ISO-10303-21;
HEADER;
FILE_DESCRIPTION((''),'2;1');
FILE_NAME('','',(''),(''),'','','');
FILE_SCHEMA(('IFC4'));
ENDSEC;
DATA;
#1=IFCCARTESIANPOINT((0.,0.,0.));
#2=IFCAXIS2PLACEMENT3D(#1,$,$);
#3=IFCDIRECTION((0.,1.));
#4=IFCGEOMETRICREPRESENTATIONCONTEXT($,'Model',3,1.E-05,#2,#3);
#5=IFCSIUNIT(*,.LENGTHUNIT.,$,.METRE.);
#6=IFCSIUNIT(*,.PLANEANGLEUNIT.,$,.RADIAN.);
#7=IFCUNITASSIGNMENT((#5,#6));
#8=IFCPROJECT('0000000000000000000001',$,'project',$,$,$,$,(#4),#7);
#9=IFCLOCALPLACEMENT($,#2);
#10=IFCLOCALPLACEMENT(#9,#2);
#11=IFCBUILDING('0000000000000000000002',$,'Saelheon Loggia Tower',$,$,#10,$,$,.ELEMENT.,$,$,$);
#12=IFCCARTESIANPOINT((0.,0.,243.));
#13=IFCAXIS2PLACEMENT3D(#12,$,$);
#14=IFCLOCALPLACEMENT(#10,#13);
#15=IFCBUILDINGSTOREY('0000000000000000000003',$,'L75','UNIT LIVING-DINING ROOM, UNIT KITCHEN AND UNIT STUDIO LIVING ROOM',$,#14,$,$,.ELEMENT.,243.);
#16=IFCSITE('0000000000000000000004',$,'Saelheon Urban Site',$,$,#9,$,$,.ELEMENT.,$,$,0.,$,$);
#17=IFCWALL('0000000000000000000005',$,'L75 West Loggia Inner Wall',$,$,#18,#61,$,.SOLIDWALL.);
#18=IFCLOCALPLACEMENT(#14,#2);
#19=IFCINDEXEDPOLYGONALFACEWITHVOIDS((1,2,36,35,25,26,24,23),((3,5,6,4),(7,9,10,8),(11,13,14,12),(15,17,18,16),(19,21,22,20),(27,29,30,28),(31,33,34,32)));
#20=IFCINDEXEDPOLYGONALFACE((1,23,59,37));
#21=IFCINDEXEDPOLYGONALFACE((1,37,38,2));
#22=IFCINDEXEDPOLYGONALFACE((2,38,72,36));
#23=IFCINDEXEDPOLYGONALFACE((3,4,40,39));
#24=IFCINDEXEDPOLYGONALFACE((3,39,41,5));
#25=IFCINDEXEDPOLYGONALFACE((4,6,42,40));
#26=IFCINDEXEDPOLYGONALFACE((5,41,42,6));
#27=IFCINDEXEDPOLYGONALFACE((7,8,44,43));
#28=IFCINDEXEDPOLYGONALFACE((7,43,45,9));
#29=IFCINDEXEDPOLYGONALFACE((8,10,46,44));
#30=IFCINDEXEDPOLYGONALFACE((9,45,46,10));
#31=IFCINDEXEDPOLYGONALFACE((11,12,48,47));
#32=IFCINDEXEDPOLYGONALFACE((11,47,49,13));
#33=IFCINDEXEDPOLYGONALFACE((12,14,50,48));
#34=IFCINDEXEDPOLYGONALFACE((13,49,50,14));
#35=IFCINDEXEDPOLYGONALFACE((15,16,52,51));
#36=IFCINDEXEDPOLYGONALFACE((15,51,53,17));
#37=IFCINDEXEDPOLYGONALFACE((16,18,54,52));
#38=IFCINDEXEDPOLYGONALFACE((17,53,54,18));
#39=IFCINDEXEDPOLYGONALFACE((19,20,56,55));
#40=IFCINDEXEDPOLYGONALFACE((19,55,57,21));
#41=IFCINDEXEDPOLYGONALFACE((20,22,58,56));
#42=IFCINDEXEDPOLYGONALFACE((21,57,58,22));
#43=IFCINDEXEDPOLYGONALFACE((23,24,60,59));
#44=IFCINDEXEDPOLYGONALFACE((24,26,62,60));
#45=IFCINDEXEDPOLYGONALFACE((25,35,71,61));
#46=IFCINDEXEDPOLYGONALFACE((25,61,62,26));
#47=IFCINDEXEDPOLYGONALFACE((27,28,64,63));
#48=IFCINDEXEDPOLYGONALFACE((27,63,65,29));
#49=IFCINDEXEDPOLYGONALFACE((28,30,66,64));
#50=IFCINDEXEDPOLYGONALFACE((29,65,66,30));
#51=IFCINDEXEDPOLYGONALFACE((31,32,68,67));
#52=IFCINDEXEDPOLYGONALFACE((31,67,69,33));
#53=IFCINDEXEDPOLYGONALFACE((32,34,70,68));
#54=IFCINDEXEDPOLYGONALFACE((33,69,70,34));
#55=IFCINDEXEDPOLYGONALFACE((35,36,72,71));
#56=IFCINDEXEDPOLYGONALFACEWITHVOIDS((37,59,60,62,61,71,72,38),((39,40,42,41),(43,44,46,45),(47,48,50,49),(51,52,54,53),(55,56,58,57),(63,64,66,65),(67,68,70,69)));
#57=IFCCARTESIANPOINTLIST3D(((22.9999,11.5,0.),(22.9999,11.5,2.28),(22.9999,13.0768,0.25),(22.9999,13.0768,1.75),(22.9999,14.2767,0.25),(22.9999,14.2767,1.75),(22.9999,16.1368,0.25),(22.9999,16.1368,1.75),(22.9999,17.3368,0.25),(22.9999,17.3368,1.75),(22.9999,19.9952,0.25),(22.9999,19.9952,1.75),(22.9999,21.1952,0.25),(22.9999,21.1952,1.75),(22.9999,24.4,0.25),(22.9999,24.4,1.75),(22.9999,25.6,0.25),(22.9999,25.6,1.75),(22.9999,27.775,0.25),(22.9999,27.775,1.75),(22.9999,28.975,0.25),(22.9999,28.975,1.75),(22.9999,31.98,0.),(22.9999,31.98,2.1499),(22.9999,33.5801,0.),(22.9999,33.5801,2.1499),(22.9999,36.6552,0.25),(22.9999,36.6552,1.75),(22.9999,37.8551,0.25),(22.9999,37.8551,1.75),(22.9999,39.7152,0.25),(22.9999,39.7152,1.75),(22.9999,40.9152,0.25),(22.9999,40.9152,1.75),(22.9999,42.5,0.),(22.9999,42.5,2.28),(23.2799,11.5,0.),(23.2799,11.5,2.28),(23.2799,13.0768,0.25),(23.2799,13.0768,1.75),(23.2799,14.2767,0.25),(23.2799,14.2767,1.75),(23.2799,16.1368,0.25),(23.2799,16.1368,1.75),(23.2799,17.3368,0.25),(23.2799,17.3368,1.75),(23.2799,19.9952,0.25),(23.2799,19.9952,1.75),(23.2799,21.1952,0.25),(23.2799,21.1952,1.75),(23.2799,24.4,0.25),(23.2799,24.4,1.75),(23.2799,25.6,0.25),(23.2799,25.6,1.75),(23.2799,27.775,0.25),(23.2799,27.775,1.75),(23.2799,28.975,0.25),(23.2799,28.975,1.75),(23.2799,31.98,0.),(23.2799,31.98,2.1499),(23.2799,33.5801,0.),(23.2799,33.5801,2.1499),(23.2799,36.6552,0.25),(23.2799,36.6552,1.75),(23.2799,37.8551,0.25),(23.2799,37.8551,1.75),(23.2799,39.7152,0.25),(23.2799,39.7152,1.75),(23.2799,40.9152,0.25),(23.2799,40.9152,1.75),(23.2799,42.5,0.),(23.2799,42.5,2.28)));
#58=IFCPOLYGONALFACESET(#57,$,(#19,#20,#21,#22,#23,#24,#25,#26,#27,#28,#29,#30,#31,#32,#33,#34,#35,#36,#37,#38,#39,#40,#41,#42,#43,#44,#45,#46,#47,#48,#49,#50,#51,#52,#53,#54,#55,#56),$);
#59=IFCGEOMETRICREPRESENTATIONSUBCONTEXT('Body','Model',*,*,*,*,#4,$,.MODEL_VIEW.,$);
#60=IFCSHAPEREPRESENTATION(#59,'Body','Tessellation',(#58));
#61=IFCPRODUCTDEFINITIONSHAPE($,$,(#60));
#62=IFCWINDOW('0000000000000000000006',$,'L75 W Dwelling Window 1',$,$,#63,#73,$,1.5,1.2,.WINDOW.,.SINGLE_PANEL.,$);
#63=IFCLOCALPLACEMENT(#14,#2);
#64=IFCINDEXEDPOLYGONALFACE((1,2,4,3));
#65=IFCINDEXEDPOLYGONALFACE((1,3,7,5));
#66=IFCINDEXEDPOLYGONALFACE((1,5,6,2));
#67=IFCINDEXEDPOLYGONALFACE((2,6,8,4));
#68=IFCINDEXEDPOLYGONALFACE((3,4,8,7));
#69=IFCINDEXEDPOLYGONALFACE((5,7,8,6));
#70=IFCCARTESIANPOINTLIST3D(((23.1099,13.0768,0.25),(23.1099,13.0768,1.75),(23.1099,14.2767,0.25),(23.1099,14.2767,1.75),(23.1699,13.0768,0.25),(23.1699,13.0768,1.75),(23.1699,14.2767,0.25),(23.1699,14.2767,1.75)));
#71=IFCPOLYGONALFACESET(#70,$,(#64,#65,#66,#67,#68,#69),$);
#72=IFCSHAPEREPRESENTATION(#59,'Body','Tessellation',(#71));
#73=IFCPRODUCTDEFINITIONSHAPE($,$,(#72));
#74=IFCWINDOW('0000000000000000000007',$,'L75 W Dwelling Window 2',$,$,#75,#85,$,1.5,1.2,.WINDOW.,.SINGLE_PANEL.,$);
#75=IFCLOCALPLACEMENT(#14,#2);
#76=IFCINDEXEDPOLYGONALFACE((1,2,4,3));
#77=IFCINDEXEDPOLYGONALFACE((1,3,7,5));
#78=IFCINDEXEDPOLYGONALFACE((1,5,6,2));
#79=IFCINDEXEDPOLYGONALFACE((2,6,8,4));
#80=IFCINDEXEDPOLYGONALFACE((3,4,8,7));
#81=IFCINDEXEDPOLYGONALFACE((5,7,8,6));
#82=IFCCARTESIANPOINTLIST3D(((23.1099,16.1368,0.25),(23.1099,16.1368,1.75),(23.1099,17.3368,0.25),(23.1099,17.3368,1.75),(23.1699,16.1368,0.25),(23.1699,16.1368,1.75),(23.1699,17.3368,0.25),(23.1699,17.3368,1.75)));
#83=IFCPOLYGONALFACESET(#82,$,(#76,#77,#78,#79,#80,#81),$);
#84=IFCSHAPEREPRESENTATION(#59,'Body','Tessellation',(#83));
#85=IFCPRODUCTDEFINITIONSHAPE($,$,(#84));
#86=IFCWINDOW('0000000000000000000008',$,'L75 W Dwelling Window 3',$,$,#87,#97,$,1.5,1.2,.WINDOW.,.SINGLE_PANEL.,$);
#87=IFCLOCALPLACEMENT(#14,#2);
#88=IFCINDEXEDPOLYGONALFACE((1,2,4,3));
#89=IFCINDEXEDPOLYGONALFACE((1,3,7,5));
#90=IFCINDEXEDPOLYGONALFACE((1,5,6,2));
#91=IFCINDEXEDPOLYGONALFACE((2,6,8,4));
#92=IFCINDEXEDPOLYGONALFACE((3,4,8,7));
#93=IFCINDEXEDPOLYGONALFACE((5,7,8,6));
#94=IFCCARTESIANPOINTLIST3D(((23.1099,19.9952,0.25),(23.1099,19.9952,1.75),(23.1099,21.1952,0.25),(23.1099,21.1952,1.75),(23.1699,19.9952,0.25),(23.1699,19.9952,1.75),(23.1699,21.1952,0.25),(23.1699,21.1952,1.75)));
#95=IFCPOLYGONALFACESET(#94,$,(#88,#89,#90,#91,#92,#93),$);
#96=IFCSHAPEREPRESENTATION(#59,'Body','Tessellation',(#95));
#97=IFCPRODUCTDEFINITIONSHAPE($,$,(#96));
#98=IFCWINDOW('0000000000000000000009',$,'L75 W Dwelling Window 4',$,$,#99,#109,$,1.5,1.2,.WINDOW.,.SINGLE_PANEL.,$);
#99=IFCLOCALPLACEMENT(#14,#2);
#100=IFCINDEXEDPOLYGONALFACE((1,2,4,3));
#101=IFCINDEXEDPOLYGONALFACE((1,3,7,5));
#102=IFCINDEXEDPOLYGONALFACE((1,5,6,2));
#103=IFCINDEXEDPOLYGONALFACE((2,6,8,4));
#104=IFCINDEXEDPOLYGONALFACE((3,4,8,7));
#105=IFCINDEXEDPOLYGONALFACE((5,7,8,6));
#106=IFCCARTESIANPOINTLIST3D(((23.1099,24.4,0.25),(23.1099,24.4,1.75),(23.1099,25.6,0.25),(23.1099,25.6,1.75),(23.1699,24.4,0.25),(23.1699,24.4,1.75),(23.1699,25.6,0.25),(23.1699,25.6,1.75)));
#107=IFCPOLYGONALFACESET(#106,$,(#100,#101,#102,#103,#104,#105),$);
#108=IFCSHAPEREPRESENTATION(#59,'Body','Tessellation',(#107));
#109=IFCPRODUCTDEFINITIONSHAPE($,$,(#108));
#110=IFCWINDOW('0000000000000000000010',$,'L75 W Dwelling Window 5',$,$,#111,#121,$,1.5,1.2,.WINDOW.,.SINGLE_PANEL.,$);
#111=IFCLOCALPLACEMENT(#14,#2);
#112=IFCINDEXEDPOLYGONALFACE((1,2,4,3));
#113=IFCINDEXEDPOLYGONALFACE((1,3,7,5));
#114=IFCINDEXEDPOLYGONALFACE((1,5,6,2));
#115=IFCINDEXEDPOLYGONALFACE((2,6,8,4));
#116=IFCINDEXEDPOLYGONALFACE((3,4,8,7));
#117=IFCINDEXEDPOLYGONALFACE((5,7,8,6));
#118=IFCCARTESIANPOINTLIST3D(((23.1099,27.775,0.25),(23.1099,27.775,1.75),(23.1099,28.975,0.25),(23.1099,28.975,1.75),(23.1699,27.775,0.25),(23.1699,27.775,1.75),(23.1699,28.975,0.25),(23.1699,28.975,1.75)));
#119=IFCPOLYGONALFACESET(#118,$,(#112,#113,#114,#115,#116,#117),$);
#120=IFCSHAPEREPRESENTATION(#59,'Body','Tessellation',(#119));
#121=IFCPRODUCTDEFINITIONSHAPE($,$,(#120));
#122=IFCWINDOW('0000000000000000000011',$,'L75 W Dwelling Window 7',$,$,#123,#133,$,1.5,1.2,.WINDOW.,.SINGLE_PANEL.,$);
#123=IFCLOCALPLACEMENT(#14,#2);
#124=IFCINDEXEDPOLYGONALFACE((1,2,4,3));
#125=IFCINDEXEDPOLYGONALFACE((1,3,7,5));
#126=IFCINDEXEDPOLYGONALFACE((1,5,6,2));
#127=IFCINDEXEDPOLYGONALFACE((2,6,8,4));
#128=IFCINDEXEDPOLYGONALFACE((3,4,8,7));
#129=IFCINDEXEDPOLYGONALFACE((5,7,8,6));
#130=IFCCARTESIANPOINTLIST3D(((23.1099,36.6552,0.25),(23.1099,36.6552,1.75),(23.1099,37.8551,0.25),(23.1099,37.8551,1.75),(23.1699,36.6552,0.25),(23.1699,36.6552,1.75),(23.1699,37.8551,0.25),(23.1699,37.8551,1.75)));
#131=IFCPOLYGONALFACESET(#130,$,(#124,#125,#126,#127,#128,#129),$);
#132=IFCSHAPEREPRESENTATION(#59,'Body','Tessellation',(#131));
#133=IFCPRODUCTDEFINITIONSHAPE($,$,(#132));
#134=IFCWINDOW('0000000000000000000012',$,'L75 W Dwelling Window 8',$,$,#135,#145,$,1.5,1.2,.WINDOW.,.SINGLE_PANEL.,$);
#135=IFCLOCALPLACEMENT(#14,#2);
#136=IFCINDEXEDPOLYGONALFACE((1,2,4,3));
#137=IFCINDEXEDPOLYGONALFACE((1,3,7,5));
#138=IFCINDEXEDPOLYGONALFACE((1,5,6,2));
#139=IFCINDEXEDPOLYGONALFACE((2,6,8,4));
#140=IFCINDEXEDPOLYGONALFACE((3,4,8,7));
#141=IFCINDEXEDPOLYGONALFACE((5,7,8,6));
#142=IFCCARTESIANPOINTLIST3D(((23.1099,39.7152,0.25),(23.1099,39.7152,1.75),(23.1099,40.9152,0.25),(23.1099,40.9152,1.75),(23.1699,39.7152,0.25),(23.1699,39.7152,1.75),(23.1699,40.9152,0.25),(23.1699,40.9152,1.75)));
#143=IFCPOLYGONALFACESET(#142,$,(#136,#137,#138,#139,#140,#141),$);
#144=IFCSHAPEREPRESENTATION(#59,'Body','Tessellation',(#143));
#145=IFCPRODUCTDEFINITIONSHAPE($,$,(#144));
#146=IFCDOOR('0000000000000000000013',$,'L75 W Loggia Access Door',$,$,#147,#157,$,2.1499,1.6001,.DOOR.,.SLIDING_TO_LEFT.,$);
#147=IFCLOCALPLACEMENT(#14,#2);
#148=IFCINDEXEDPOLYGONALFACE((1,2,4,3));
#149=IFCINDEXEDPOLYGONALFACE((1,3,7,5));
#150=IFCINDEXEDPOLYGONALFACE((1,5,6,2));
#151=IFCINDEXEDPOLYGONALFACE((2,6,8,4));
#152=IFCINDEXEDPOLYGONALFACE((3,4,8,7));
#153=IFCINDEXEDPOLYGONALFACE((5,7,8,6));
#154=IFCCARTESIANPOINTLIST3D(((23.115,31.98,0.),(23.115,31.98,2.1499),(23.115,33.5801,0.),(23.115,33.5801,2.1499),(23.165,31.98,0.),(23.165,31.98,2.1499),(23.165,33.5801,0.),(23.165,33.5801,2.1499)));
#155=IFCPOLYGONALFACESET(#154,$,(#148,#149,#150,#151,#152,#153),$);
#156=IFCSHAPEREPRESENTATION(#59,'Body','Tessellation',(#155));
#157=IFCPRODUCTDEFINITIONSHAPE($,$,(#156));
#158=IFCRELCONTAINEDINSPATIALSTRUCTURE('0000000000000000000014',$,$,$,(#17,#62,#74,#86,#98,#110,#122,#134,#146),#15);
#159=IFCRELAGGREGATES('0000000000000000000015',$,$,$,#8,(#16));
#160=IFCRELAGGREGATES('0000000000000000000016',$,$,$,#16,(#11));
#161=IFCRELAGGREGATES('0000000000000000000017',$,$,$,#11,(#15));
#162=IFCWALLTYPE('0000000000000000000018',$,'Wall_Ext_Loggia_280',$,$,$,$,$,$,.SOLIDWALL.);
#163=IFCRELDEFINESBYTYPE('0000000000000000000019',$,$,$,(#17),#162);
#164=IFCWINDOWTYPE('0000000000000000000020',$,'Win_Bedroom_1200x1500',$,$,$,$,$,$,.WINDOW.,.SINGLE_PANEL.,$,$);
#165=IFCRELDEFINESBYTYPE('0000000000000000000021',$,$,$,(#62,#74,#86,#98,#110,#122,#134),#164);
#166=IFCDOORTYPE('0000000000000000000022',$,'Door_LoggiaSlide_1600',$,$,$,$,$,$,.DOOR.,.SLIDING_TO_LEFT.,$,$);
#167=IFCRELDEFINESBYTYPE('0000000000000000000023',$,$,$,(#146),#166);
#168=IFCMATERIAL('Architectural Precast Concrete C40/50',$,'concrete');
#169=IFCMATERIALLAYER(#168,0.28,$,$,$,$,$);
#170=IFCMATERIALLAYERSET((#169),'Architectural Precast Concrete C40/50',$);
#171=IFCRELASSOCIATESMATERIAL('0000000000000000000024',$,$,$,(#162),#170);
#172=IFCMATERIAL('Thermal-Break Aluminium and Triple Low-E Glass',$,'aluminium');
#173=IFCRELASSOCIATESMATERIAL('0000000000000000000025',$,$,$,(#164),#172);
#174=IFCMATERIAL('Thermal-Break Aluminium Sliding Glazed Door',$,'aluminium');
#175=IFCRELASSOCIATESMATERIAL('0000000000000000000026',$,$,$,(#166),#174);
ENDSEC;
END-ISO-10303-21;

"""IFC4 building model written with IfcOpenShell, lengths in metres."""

from ifc_helpers import new_model, si_unit, direction, frame, frame_2d, origin, place, context, subcontext, project, spatial, rectangle, extrude, source, transform, mapped, material, layer, layer_set, type_object, element, fill, save


model = new_model("IFC4")

# Units and contexts
model_context = context("Model", 3, precision=1e-05, world=origin(), true_north=direction((0.0, 1.0)))
body_context = subcontext(model_context, "Body", "Model", "MODEL_VIEW")
ifc_project = project(units=[si_unit("LENGTHUNIT", "METRE"), si_unit("PLANEANGLEUNIT", "RADIAN")], contexts=[model_context])

# Site, building, storey
site_placement = place(None, origin())
site = spatial("IfcSite", under=ifc_project, at=site_placement, Name="Saelheon Urban Site", CompositionType="ELEMENT", RefElevation=0.0)
building_placement = place(site_placement, origin())
building = spatial("IfcBuilding", under=site, at=building_placement, Name="Saelheon Loggia Tower", CompositionType="ELEMENT")
storey_placement = place(building_placement, frame((0.0, 0.0, 243.0)))
storey = spatial("IfcBuildingStorey", under=building, at=storey_placement, Name="L75", Description="UNIT LIVING-DINING ROOM, UNIT KITCHEN AND UNIT STUDIO LIVING ROOM", CompositionType="ELEMENT", Elevation=243.0)

# Wall, openings, windows, door
ifc_material_1 = material(Name="Architectural Precast Concrete C40/50", Category="concrete")
ifc_layer_1 = layer(ifc_material_1, 0.28)
ifc_layer_set_1 = layer_set([ifc_layer_1], Name="Architectural Precast Concrete C40/50")
wall_type_1 = type_object("IfcWallType", Name="Wall_Ext_Loggia_280", PredefinedType="SOLIDWALL", material=ifc_layer_set_1)
wall_1_placement = place(storey_placement, frame((23.1399, 11.5, 0.0), z_axis=(0.0, 0.0, 1.0), x_axis=(0.0, 1.0, 0.0)))
wall_1 = element("IfcWall", 1, at=wall_1_placement, inside=storey, type_object=wall_type_1, Name="L75 West Loggia Inner Wall", PredefinedType="SOLIDWALL", context=body_context, shape_type="SweptSolid", body=[
    extrude(rectangle(XDim=31.0, YDim=0.28, at=frame_2d((15.5, 0.0))), origin(), (0.0, 0.0, 1.0), 2.28),
])
opening_1_placement = place(wall_1_placement, frame((1.5767, 0.0, 0.25)))
opening_1 = element("IfcOpeningElement", 2, at=opening_1_placement, cuts=wall_1, PredefinedType="OPENING", context=body_context, shape_type="SweptSolid", body=[
    extrude(rectangle(XDim=1.2, YDim=1.5, at=frame_2d((0.6001, 0.75))), frame((0.0, 0.1521, 0.0), z_axis=(0.0, -1.0, 0.0), x_axis=(1.0, 0.0, 0.0)), (0.0, 0.0, 1.0), 0.304),
])
opening_2_placement = place(wall_1_placement, frame((4.6367, 0.0, 0.25)))
opening_2 = element("IfcOpeningElement", 3, at=opening_2_placement, cuts=wall_1, PredefinedType="OPENING", context=body_context, shape_type="SweptSolid", body=[
    extrude(rectangle(XDim=1.2, YDim=1.5, at=frame_2d((0.6001, 0.75))), frame((0.0, 0.1521, 0.0), z_axis=(0.0, -1.0, 0.0), x_axis=(1.0, 0.0, 0.0)), (0.0, 0.0, 1.0), 0.304),
])
opening_3_placement = place(wall_1_placement, frame((8.4951, 0.0, 0.25)))
opening_3 = element("IfcOpeningElement", 4, at=opening_3_placement, cuts=wall_1, PredefinedType="OPENING", context=body_context, shape_type="SweptSolid", body=[
    extrude(rectangle(XDim=1.2, YDim=1.5, at=frame_2d((0.6001, 0.75))), frame((0.0, 0.1521, 0.0), z_axis=(0.0, -1.0, 0.0), x_axis=(1.0, 0.0, 0.0)), (0.0, 0.0, 1.0), 0.304),
])
opening_4_placement = place(wall_1_placement, frame((12.8999, 0.0, 0.25)))
opening_4 = element("IfcOpeningElement", 5, at=opening_4_placement, cuts=wall_1, PredefinedType="OPENING", context=body_context, shape_type="SweptSolid", body=[
    extrude(rectangle(XDim=1.2, YDim=1.5, at=frame_2d((0.6001, 0.75))), frame((0.0, 0.1521, 0.0), z_axis=(0.0, -1.0, 0.0), x_axis=(1.0, 0.0, 0.0)), (0.0, 0.0, 1.0), 0.304),
])
opening_5_placement = place(wall_1_placement, frame((16.2749, 0.0, 0.25)))
opening_5 = element("IfcOpeningElement", 6, at=opening_5_placement, cuts=wall_1, PredefinedType="OPENING", context=body_context, shape_type="SweptSolid", body=[
    extrude(rectangle(XDim=1.2, YDim=1.5, at=frame_2d((0.6001, 0.75))), frame((0.0, 0.1521, 0.0), z_axis=(0.0, -1.0, 0.0), x_axis=(1.0, 0.0, 0.0)), (0.0, 0.0, 1.0), 0.304),
])
opening_6_placement = place(wall_1_placement, frame((20.48, 0.0, 0.0)))
opening_6 = element("IfcOpeningElement", 7, at=opening_6_placement, cuts=wall_1, PredefinedType="OPENING", context=body_context, shape_type="SweptSolid", body=[
    extrude(rectangle(XDim=1.6001, YDim=2.1499, at=frame_2d((0.8, 1.075))), frame((0.0, 0.1521, 0.0), z_axis=(0.0, -1.0, 0.0), x_axis=(1.0, 0.0, 0.0)), (0.0, 0.0, 1.0), 0.304),
])
opening_7_placement = place(wall_1_placement, frame((25.155, 0.0, 0.25)))
opening_7 = element("IfcOpeningElement", 8, at=opening_7_placement, cuts=wall_1, PredefinedType="OPENING", context=body_context, shape_type="SweptSolid", body=[
    extrude(rectangle(XDim=1.2, YDim=1.5, at=frame_2d((0.6001, 0.75))), frame((0.0, 0.1521, 0.0), z_axis=(0.0, -1.0, 0.0), x_axis=(1.0, 0.0, 0.0)), (0.0, 0.0, 1.0), 0.304),
])
opening_8_placement = place(wall_1_placement, frame((28.2151, 0.0, 0.25)))
opening_8 = element("IfcOpeningElement", 9, at=opening_8_placement, cuts=wall_1, PredefinedType="OPENING", context=body_context, shape_type="SweptSolid", body=[
    extrude(rectangle(XDim=1.2, YDim=1.5, at=frame_2d((0.6001, 0.75))), frame((0.0, 0.1521, 0.0), z_axis=(0.0, -1.0, 0.0), x_axis=(1.0, 0.0, 0.0)), (0.0, 0.0, 1.0), 0.304),
])
ifc_material_2 = material(Name="Thermal-Break Aluminium and Triple Low-E Glass", Category="aluminium")
window_type = type_object("IfcWindowType", Name="Win_Bedroom_1200x1500", PartitioningType="SINGLE_PANEL", PredefinedType="WINDOW", material=ifc_material_2)
shared_shape_1 = source(origin(), body_context, "Body", "SweptSolid", [
    extrude(rectangle(XDim=1.2, YDim=1.5, at=frame_2d((0.6001, 0.75))), frame((0.0, 0.03, 0.0), z_axis=(0.0, -1.0, 0.0), x_axis=(1.0, 0.0, 0.0)), (0.0, 0.0, 1.0), 0.0601),
])
window_1_placement = place(opening_1_placement, origin())
window_1 = element("IfcWindow", 10, at=window_1_placement, inside=storey, type_object=window_type, Name="L75 W Dwelling Window 1", OverallHeight=1.5, OverallWidth=1.2, PartitioningType="SINGLE_PANEL", PredefinedType="WINDOW", context=body_context, shape_type="MappedRepresentation", body=[
    mapped(shared_shape_1, transform((0.0, 0.0, 0.0), scale=1.0)),
])
fill(opening_1, window_1)
window_2_placement = place(opening_2_placement, origin())
window_2 = element("IfcWindow", 11, at=window_2_placement, inside=storey, type_object=window_type, Name="L75 W Dwelling Window 2", OverallHeight=1.5, OverallWidth=1.2, PartitioningType="SINGLE_PANEL", PredefinedType="WINDOW", context=body_context, shape_type="MappedRepresentation", body=[
    mapped(shared_shape_1, transform((0.0, 0.0, 0.0), scale=1.0)),
])
fill(opening_2, window_2)
window_3_placement = place(opening_3_placement, origin())
window_3 = element("IfcWindow", 12, at=window_3_placement, inside=storey, type_object=window_type, Name="L75 W Dwelling Window 3", OverallHeight=1.5, OverallWidth=1.2, PartitioningType="SINGLE_PANEL", PredefinedType="WINDOW", context=body_context, shape_type="MappedRepresentation", body=[
    mapped(shared_shape_1, transform((0.0, 0.0, 0.0), scale=1.0)),
])
fill(opening_3, window_3)
window_4_placement = place(opening_4_placement, origin())
window_4 = element("IfcWindow", 13, at=window_4_placement, inside=storey, type_object=window_type, Name="L75 W Dwelling Window 4", OverallHeight=1.5, OverallWidth=1.2, PartitioningType="SINGLE_PANEL", PredefinedType="WINDOW", context=body_context, shape_type="MappedRepresentation", body=[
    mapped(shared_shape_1, transform((0.0, 0.0, 0.0), scale=1.0)),
])
fill(opening_4, window_4)
window_5_placement = place(opening_5_placement, origin())
window_5 = element("IfcWindow", 14, at=window_5_placement, inside=storey, type_object=window_type, Name="L75 W Dwelling Window 5", OverallHeight=1.5, OverallWidth=1.2, PartitioningType="SINGLE_PANEL", PredefinedType="WINDOW", context=body_context, shape_type="MappedRepresentation", body=[
    mapped(shared_shape_1, transform((0.0, 0.0, 0.0), scale=1.0)),
])
fill(opening_5, window_5)
window_6_placement = place(opening_7_placement, origin())
window_6 = element("IfcWindow", 15, at=window_6_placement, inside=storey, type_object=window_type, Name="L75 W Dwelling Window 7", OverallHeight=1.5, OverallWidth=1.2, PartitioningType="SINGLE_PANEL", PredefinedType="WINDOW", context=body_context, shape_type="MappedRepresentation", body=[
    mapped(shared_shape_1, transform((0.0, 0.0, 0.0), scale=1.0)),
])
fill(opening_7, window_6)
window_7_placement = place(opening_8_placement, origin())
window_7 = element("IfcWindow", 16, at=window_7_placement, inside=storey, type_object=window_type, Name="L75 W Dwelling Window 8", OverallHeight=1.5, OverallWidth=1.2, PartitioningType="SINGLE_PANEL", PredefinedType="WINDOW", context=body_context, shape_type="MappedRepresentation", body=[
    mapped(shared_shape_1, transform((0.0, 0.0, 0.0), scale=1.0)),
])
fill(opening_8, window_7)
ifc_material_3 = material(Name="Thermal-Break Aluminium Sliding Glazed Door", Category="aluminium")
door_type_1 = type_object("IfcDoorType", Name="Door_LoggiaSlide_1600", OperationType="SLIDING_TO_LEFT", PredefinedType="DOOR", material=ifc_material_3)
shared_shape_2 = source(origin(), body_context, "Body", "SweptSolid", [
    extrude(rectangle(XDim=1.6001, YDim=2.1499, at=frame_2d((0.8, 1.075))), frame((0.0, 0.0249, 0.0), z_axis=(0.0, -1.0, 0.0), x_axis=(1.0, 0.0, 0.0)), (0.0, 0.0, 1.0), 0.05),
])
door_1_placement = place(opening_6_placement, origin())
door_1 = element("IfcDoor", 17, at=door_1_placement, inside=storey, type_object=door_type_1, Name="L75 W Loggia Access Door", OperationType="SLIDING_TO_LEFT", OverallHeight=2.1499, OverallWidth=1.6001, PredefinedType="DOOR", context=body_context, shape_type="MappedRepresentation", body=[
    mapped(shared_shape_2, transform((0.0, 0.0, 0.0), scale=1.0)),
])
fill(opening_6, door_1)

save(model, "model.ifc")
